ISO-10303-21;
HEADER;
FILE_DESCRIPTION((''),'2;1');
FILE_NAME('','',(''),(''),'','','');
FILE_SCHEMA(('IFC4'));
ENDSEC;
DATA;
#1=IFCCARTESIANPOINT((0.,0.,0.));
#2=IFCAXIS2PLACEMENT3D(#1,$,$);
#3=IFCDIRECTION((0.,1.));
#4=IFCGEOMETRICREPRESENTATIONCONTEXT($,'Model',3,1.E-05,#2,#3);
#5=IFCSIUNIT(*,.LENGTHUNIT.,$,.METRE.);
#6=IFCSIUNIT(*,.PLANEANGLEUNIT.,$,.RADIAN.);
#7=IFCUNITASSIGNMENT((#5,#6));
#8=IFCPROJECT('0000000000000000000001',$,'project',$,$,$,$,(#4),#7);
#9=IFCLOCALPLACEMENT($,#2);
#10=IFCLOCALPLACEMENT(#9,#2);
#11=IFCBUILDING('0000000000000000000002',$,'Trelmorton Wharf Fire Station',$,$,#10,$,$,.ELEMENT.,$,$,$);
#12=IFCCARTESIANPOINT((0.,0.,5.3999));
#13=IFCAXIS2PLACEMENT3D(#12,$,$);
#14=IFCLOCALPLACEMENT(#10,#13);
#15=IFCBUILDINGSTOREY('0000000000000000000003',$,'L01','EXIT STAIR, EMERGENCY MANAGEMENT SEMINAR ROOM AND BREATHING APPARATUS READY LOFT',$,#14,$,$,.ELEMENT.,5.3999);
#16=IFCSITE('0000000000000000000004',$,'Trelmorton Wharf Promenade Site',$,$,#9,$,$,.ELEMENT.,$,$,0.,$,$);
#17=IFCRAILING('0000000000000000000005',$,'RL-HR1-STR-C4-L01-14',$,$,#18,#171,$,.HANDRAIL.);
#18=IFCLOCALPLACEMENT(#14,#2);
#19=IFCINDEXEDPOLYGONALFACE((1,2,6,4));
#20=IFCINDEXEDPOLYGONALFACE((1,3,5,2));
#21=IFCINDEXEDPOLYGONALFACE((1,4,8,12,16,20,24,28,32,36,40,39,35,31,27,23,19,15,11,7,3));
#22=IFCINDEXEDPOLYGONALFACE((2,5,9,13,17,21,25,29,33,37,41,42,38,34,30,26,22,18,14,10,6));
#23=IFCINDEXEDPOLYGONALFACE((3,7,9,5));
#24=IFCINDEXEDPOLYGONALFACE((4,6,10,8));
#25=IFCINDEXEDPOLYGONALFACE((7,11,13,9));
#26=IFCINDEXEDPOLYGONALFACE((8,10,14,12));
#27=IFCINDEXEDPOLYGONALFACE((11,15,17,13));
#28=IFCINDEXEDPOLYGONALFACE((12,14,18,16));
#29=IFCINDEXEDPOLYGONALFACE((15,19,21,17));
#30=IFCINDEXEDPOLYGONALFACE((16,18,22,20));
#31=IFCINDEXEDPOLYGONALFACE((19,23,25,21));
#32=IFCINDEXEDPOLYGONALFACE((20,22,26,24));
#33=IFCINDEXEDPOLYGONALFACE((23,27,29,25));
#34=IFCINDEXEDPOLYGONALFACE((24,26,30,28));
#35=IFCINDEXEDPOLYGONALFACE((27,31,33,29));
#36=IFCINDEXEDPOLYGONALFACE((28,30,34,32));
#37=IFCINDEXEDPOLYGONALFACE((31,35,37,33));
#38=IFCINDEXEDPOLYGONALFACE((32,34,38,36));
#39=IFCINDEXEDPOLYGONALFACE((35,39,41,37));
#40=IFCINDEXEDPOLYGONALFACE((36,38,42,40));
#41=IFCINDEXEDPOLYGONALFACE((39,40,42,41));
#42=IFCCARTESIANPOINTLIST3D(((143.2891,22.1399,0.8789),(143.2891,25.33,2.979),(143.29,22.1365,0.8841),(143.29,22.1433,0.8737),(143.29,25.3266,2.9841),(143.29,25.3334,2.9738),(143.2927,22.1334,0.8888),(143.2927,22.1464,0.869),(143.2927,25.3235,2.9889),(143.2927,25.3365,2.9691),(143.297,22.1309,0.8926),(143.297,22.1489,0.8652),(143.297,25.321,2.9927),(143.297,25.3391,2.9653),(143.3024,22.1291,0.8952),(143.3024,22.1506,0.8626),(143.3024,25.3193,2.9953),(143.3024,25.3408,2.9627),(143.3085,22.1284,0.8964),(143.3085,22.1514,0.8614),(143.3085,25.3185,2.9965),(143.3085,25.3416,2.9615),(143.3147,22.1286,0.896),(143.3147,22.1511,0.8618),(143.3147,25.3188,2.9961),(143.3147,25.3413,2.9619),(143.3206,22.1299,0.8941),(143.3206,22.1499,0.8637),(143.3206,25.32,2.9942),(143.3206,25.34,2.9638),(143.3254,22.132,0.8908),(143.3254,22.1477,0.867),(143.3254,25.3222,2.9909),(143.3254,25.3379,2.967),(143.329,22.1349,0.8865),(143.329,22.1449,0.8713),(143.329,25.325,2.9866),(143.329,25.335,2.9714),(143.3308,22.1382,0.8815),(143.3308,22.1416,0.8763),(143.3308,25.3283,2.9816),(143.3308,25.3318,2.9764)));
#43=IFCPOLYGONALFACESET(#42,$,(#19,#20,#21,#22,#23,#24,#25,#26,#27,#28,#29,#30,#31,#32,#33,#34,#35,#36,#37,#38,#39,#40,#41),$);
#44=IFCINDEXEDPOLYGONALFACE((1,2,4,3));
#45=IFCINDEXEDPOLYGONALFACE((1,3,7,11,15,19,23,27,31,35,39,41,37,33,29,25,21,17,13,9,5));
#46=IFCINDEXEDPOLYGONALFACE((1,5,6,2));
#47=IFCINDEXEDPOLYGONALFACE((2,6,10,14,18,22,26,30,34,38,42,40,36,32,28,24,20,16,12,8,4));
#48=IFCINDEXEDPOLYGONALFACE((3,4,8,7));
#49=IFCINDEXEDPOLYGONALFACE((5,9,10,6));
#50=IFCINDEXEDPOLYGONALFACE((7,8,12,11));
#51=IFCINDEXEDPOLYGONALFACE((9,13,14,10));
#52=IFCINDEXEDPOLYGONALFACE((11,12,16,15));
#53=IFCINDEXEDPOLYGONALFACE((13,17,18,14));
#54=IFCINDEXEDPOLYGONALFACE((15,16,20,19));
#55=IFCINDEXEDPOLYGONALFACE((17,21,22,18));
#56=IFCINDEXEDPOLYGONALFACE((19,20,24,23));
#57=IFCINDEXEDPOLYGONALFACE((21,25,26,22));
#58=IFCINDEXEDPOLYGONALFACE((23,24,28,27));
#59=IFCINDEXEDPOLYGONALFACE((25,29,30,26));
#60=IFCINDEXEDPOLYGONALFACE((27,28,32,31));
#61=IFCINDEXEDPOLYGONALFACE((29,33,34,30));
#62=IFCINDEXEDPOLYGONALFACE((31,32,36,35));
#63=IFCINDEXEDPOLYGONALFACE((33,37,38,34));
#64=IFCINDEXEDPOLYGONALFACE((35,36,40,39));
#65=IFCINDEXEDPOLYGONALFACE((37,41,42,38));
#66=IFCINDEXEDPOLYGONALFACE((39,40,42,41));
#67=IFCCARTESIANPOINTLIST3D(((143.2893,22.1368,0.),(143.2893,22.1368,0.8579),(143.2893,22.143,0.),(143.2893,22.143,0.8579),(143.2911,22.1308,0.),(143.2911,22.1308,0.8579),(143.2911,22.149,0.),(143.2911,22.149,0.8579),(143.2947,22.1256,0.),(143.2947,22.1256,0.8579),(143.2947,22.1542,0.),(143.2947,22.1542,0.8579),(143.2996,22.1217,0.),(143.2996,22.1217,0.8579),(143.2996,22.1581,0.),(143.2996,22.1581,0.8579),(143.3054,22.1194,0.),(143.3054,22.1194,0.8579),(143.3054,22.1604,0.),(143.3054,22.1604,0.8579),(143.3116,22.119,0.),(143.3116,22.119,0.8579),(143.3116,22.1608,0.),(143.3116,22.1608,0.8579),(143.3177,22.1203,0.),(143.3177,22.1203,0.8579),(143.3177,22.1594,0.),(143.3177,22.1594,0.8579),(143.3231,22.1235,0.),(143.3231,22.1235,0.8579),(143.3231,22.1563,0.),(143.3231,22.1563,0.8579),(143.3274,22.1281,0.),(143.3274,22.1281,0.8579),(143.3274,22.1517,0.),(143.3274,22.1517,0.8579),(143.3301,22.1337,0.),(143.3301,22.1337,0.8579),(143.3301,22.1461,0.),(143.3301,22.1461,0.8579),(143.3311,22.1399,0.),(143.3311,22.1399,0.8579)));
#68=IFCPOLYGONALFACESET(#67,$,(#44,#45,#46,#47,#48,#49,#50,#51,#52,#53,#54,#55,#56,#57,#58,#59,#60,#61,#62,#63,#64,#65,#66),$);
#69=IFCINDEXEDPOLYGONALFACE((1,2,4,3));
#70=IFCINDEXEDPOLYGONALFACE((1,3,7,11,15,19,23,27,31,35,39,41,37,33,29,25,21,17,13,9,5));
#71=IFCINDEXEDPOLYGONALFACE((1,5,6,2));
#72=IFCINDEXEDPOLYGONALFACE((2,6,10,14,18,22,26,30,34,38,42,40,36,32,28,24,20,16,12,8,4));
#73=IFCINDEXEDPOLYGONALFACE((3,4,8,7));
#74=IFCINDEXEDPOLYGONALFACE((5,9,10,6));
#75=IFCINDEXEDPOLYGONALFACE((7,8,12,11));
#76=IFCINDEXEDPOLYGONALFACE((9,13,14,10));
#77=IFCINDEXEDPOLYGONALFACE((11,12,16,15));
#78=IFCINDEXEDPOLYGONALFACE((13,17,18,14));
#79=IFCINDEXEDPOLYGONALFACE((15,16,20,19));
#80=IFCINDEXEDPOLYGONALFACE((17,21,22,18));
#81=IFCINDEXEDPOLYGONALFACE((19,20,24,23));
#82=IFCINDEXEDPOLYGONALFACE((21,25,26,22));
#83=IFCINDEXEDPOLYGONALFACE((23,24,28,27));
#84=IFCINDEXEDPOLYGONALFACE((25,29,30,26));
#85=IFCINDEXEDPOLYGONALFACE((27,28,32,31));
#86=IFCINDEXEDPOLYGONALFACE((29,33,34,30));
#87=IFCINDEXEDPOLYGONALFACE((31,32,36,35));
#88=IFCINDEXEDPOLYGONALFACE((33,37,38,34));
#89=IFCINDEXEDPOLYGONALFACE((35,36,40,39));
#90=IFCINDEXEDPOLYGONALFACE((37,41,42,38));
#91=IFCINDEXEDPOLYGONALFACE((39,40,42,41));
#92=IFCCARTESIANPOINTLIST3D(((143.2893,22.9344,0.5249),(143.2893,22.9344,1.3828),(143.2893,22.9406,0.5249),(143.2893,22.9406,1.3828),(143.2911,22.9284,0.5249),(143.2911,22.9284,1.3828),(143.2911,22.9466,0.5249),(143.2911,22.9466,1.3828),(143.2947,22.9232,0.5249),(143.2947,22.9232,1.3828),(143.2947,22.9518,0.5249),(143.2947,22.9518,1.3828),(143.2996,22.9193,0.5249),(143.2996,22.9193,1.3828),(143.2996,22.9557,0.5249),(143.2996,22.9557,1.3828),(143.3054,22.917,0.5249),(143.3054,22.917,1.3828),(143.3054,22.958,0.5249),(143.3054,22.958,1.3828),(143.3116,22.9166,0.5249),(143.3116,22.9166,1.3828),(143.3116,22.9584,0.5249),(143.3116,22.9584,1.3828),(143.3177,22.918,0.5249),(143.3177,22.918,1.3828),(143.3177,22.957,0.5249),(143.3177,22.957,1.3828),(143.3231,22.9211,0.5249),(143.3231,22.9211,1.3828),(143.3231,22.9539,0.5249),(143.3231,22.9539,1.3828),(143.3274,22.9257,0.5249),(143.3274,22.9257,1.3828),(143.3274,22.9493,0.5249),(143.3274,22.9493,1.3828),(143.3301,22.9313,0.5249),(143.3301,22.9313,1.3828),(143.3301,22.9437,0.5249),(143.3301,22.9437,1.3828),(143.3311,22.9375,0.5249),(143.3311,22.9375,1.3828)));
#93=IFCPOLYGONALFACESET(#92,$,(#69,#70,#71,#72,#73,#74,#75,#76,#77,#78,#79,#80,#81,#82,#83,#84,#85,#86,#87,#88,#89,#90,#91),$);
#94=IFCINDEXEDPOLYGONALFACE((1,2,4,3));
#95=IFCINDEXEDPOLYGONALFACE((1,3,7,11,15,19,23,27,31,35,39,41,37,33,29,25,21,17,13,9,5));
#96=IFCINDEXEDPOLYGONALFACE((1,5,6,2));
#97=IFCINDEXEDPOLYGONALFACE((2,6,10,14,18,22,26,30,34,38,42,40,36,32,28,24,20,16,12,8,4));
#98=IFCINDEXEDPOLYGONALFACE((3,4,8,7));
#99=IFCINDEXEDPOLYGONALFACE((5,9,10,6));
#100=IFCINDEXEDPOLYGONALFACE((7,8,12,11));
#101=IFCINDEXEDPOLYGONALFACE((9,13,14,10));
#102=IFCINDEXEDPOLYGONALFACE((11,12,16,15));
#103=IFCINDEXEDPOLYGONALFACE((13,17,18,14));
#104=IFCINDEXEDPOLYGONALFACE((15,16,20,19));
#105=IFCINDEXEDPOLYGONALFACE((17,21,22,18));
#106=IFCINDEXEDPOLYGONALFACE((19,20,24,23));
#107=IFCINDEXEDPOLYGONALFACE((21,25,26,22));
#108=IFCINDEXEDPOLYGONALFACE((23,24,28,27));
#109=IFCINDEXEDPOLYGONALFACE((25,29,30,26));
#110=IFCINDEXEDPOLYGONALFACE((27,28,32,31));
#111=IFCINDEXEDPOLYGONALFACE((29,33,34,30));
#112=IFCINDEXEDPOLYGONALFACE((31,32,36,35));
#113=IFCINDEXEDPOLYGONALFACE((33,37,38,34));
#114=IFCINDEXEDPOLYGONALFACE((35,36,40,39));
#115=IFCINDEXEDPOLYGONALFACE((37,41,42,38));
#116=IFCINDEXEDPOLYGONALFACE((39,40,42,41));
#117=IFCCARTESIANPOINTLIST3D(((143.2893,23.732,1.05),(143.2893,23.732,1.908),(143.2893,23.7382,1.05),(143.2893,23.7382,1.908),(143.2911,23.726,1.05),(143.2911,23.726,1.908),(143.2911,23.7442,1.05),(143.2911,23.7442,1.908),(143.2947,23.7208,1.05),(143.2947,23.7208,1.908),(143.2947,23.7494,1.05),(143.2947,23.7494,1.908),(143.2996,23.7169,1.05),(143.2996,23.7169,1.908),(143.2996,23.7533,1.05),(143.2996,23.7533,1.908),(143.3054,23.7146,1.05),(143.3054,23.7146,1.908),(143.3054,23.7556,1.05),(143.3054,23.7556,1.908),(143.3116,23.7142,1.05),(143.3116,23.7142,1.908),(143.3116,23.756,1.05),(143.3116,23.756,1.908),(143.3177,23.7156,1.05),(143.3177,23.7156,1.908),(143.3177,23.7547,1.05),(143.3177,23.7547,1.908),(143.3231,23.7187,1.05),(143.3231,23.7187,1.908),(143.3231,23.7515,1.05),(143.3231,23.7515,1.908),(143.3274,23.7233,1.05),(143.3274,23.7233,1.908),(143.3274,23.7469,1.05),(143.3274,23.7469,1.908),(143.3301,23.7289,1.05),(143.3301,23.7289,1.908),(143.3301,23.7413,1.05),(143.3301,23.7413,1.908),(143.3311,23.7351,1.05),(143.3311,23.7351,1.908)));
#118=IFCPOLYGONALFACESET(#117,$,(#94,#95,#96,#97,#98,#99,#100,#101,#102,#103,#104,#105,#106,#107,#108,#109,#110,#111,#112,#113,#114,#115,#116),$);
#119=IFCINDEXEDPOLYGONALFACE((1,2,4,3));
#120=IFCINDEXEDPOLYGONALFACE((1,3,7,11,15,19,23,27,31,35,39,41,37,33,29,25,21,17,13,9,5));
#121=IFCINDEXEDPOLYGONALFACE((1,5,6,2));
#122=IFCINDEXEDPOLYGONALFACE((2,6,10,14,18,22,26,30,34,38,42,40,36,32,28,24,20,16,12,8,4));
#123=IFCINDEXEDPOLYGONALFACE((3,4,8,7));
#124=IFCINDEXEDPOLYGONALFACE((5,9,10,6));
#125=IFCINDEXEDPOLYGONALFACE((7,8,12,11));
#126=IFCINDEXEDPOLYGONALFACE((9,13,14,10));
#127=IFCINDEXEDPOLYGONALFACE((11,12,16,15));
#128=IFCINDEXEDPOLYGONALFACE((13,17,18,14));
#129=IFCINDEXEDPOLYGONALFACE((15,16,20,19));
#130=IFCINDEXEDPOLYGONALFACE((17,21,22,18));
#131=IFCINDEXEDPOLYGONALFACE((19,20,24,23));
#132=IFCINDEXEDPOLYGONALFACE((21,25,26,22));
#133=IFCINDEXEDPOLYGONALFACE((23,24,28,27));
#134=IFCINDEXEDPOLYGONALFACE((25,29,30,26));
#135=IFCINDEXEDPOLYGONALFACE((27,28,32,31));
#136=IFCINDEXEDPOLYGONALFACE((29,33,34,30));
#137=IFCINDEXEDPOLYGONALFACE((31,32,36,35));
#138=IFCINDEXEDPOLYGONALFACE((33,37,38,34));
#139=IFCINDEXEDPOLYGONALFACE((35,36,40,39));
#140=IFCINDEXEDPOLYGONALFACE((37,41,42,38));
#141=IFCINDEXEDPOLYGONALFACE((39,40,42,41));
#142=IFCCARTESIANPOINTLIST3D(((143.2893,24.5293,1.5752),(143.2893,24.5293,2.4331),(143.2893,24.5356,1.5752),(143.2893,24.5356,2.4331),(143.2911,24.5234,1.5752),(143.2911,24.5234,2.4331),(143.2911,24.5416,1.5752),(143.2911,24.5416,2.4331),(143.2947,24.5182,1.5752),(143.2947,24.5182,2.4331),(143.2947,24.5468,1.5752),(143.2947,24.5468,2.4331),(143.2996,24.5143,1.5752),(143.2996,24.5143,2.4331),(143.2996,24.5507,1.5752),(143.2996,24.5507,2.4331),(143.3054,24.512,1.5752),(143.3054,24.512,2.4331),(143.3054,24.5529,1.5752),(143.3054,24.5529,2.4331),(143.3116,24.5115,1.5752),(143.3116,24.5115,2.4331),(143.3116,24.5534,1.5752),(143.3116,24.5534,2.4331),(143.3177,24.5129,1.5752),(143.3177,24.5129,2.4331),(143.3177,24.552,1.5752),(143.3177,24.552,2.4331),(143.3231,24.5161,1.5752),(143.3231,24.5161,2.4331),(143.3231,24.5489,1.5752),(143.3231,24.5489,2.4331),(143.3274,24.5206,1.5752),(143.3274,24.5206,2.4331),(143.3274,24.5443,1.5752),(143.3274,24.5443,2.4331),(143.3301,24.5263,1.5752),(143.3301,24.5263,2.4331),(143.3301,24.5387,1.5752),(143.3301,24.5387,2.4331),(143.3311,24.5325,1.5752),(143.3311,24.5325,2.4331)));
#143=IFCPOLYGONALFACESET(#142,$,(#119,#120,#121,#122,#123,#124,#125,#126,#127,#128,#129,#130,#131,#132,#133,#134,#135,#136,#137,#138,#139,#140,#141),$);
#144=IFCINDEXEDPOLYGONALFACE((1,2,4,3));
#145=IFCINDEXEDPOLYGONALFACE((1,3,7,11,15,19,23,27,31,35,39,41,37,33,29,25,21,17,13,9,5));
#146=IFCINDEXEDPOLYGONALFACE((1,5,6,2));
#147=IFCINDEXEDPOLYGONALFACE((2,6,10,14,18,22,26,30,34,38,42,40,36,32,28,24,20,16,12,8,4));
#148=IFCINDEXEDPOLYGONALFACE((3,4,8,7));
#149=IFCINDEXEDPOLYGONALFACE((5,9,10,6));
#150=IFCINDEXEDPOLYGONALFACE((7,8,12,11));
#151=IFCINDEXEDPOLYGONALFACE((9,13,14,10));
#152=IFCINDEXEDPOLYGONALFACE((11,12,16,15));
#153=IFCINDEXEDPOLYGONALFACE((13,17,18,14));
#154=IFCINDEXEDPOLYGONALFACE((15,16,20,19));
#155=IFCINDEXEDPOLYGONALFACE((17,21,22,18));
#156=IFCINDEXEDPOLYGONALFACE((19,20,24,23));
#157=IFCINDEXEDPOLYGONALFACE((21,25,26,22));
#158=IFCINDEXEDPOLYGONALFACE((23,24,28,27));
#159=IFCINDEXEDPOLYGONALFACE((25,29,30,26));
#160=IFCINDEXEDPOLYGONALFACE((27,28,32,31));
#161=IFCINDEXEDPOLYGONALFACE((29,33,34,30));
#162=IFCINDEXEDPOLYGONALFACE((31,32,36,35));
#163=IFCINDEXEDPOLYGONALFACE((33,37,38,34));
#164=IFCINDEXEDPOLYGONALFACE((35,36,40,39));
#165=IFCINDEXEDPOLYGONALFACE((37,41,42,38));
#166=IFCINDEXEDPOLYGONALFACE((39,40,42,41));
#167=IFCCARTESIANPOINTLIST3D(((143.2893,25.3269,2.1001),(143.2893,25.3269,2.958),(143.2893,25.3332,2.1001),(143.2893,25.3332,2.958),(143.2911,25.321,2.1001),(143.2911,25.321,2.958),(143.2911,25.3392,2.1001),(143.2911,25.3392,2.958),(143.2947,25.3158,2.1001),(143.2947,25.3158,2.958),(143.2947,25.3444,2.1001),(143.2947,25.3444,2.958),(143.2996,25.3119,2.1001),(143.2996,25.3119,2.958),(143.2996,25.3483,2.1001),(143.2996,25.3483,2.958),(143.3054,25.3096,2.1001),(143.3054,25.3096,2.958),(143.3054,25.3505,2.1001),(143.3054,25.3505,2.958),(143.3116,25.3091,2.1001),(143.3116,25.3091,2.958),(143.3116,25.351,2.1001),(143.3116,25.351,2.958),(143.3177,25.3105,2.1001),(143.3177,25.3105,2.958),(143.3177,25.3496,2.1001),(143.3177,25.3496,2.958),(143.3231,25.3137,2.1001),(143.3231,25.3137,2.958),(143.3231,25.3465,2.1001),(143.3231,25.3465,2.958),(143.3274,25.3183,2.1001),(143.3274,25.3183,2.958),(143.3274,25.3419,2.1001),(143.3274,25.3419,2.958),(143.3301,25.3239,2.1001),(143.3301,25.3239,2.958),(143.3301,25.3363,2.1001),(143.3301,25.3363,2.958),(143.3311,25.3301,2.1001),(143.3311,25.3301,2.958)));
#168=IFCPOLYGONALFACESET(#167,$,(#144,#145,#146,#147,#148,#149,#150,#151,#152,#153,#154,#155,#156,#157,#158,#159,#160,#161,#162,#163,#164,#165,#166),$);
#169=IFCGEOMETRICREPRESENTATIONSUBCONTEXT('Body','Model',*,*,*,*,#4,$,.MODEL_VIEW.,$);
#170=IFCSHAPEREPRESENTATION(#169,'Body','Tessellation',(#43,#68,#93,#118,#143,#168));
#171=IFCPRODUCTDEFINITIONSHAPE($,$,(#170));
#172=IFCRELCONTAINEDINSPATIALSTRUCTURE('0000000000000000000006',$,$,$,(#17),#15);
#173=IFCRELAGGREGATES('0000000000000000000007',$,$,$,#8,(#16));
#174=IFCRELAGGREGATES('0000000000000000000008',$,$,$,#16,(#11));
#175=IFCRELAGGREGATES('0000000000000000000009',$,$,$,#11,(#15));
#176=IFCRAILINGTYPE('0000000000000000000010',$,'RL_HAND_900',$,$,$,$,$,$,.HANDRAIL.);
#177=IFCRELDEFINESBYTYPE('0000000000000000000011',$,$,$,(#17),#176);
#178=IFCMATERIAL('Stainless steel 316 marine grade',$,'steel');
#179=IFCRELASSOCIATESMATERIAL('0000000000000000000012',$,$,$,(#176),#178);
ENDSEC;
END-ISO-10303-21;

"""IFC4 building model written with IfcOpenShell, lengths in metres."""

from ifc_helpers import new_model, si_unit, direction, frame, origin, origin_2d, place, context, subcontext, project, spatial, circle, extrude, material, type_object, element, save


model = new_model("IFC4")

# Units and contexts
model_context = context("Model", 3, precision=1e-05, world=origin(), true_north=direction((0.0, 1.0)))
body_context = subcontext(model_context, "Body", "Model", "MODEL_VIEW")
ifc_project = project(units=[si_unit("LENGTHUNIT", "METRE"), si_unit("PLANEANGLEUNIT", "RADIAN")], contexts=[model_context])

# Site, building, storey
site_placement = place(None, origin())
site = spatial("IfcSite", under=ifc_project, at=site_placement, Name="Trelmorton Wharf Promenade Site", CompositionType="ELEMENT", RefElevation=0.0)
building_placement = place(site_placement, origin())
building = spatial("IfcBuilding", under=site, at=building_placement, Name="Trelmorton Wharf Fire Station", CompositionType="ELEMENT")
storey_placement = place(building_placement, frame((0.0, 0.0, 5.3999)))
storey = spatial("IfcBuildingStorey", under=building, at=storey_placement, Name="L01", Description="EXIT STAIR, EMERGENCY MANAGEMENT SEMINAR ROOM AND BREATHING APPARATUS READY LOFT", CompositionType="ELEMENT", Elevation=5.3999)

# Shared definitions
ifc_material_1 = material(Name="Stainless steel 316 marine grade", Category="steel")

# Railing
railing_type_1 = type_object("IfcRailingType", Name="RL_HAND_900", PredefinedType="HANDRAIL", material=ifc_material_1)
railing_1_placement = place(storey_placement, frame((143.3101, 22.1399, 0.0)))
element("IfcRailing", 1, at=railing_1_placement, inside=storey, type_object=railing_type_1, Name="RL-HR1-STR-C4-L01-14", PredefinedType="HANDRAIL", context=body_context, shape_type="SweptSolid", body=[
    extrude(circle(Radius=0.021, at=origin_2d()), frame((0.0, 0.0, 0.8789), z_axis=(0.0, 0.835262, 0.549852), x_axis=(-1.0, 0.0, 0.0)), (0.0, 0.0, 1.0), 3.8193),
    extrude(circle(Radius=0.021, at=origin_2d()), origin(), (0.0, 0.0, 1.0), 0.8579),
    extrude(circle(Radius=0.021, at=origin_2d()), frame((0.0, 0.7976, 0.5249)), (0.0, 0.0, 1.0), 0.8579),
    extrude(circle(Radius=0.021, at=origin_2d()), frame((0.0, 1.5952, 1.05)), (0.0, 0.0, 1.0), 0.8579),
    extrude(circle(Radius=0.021, at=origin_2d()), frame((0.0, 2.3926, 1.5752)), (0.0, 0.0, 1.0), 0.8579),
    extrude(circle(Radius=0.021, at=origin_2d()), frame((0.0, 3.1902, 2.1001)), (0.0, 0.0, 1.0), 0.8579),
])

save(model, "model.ifc")
